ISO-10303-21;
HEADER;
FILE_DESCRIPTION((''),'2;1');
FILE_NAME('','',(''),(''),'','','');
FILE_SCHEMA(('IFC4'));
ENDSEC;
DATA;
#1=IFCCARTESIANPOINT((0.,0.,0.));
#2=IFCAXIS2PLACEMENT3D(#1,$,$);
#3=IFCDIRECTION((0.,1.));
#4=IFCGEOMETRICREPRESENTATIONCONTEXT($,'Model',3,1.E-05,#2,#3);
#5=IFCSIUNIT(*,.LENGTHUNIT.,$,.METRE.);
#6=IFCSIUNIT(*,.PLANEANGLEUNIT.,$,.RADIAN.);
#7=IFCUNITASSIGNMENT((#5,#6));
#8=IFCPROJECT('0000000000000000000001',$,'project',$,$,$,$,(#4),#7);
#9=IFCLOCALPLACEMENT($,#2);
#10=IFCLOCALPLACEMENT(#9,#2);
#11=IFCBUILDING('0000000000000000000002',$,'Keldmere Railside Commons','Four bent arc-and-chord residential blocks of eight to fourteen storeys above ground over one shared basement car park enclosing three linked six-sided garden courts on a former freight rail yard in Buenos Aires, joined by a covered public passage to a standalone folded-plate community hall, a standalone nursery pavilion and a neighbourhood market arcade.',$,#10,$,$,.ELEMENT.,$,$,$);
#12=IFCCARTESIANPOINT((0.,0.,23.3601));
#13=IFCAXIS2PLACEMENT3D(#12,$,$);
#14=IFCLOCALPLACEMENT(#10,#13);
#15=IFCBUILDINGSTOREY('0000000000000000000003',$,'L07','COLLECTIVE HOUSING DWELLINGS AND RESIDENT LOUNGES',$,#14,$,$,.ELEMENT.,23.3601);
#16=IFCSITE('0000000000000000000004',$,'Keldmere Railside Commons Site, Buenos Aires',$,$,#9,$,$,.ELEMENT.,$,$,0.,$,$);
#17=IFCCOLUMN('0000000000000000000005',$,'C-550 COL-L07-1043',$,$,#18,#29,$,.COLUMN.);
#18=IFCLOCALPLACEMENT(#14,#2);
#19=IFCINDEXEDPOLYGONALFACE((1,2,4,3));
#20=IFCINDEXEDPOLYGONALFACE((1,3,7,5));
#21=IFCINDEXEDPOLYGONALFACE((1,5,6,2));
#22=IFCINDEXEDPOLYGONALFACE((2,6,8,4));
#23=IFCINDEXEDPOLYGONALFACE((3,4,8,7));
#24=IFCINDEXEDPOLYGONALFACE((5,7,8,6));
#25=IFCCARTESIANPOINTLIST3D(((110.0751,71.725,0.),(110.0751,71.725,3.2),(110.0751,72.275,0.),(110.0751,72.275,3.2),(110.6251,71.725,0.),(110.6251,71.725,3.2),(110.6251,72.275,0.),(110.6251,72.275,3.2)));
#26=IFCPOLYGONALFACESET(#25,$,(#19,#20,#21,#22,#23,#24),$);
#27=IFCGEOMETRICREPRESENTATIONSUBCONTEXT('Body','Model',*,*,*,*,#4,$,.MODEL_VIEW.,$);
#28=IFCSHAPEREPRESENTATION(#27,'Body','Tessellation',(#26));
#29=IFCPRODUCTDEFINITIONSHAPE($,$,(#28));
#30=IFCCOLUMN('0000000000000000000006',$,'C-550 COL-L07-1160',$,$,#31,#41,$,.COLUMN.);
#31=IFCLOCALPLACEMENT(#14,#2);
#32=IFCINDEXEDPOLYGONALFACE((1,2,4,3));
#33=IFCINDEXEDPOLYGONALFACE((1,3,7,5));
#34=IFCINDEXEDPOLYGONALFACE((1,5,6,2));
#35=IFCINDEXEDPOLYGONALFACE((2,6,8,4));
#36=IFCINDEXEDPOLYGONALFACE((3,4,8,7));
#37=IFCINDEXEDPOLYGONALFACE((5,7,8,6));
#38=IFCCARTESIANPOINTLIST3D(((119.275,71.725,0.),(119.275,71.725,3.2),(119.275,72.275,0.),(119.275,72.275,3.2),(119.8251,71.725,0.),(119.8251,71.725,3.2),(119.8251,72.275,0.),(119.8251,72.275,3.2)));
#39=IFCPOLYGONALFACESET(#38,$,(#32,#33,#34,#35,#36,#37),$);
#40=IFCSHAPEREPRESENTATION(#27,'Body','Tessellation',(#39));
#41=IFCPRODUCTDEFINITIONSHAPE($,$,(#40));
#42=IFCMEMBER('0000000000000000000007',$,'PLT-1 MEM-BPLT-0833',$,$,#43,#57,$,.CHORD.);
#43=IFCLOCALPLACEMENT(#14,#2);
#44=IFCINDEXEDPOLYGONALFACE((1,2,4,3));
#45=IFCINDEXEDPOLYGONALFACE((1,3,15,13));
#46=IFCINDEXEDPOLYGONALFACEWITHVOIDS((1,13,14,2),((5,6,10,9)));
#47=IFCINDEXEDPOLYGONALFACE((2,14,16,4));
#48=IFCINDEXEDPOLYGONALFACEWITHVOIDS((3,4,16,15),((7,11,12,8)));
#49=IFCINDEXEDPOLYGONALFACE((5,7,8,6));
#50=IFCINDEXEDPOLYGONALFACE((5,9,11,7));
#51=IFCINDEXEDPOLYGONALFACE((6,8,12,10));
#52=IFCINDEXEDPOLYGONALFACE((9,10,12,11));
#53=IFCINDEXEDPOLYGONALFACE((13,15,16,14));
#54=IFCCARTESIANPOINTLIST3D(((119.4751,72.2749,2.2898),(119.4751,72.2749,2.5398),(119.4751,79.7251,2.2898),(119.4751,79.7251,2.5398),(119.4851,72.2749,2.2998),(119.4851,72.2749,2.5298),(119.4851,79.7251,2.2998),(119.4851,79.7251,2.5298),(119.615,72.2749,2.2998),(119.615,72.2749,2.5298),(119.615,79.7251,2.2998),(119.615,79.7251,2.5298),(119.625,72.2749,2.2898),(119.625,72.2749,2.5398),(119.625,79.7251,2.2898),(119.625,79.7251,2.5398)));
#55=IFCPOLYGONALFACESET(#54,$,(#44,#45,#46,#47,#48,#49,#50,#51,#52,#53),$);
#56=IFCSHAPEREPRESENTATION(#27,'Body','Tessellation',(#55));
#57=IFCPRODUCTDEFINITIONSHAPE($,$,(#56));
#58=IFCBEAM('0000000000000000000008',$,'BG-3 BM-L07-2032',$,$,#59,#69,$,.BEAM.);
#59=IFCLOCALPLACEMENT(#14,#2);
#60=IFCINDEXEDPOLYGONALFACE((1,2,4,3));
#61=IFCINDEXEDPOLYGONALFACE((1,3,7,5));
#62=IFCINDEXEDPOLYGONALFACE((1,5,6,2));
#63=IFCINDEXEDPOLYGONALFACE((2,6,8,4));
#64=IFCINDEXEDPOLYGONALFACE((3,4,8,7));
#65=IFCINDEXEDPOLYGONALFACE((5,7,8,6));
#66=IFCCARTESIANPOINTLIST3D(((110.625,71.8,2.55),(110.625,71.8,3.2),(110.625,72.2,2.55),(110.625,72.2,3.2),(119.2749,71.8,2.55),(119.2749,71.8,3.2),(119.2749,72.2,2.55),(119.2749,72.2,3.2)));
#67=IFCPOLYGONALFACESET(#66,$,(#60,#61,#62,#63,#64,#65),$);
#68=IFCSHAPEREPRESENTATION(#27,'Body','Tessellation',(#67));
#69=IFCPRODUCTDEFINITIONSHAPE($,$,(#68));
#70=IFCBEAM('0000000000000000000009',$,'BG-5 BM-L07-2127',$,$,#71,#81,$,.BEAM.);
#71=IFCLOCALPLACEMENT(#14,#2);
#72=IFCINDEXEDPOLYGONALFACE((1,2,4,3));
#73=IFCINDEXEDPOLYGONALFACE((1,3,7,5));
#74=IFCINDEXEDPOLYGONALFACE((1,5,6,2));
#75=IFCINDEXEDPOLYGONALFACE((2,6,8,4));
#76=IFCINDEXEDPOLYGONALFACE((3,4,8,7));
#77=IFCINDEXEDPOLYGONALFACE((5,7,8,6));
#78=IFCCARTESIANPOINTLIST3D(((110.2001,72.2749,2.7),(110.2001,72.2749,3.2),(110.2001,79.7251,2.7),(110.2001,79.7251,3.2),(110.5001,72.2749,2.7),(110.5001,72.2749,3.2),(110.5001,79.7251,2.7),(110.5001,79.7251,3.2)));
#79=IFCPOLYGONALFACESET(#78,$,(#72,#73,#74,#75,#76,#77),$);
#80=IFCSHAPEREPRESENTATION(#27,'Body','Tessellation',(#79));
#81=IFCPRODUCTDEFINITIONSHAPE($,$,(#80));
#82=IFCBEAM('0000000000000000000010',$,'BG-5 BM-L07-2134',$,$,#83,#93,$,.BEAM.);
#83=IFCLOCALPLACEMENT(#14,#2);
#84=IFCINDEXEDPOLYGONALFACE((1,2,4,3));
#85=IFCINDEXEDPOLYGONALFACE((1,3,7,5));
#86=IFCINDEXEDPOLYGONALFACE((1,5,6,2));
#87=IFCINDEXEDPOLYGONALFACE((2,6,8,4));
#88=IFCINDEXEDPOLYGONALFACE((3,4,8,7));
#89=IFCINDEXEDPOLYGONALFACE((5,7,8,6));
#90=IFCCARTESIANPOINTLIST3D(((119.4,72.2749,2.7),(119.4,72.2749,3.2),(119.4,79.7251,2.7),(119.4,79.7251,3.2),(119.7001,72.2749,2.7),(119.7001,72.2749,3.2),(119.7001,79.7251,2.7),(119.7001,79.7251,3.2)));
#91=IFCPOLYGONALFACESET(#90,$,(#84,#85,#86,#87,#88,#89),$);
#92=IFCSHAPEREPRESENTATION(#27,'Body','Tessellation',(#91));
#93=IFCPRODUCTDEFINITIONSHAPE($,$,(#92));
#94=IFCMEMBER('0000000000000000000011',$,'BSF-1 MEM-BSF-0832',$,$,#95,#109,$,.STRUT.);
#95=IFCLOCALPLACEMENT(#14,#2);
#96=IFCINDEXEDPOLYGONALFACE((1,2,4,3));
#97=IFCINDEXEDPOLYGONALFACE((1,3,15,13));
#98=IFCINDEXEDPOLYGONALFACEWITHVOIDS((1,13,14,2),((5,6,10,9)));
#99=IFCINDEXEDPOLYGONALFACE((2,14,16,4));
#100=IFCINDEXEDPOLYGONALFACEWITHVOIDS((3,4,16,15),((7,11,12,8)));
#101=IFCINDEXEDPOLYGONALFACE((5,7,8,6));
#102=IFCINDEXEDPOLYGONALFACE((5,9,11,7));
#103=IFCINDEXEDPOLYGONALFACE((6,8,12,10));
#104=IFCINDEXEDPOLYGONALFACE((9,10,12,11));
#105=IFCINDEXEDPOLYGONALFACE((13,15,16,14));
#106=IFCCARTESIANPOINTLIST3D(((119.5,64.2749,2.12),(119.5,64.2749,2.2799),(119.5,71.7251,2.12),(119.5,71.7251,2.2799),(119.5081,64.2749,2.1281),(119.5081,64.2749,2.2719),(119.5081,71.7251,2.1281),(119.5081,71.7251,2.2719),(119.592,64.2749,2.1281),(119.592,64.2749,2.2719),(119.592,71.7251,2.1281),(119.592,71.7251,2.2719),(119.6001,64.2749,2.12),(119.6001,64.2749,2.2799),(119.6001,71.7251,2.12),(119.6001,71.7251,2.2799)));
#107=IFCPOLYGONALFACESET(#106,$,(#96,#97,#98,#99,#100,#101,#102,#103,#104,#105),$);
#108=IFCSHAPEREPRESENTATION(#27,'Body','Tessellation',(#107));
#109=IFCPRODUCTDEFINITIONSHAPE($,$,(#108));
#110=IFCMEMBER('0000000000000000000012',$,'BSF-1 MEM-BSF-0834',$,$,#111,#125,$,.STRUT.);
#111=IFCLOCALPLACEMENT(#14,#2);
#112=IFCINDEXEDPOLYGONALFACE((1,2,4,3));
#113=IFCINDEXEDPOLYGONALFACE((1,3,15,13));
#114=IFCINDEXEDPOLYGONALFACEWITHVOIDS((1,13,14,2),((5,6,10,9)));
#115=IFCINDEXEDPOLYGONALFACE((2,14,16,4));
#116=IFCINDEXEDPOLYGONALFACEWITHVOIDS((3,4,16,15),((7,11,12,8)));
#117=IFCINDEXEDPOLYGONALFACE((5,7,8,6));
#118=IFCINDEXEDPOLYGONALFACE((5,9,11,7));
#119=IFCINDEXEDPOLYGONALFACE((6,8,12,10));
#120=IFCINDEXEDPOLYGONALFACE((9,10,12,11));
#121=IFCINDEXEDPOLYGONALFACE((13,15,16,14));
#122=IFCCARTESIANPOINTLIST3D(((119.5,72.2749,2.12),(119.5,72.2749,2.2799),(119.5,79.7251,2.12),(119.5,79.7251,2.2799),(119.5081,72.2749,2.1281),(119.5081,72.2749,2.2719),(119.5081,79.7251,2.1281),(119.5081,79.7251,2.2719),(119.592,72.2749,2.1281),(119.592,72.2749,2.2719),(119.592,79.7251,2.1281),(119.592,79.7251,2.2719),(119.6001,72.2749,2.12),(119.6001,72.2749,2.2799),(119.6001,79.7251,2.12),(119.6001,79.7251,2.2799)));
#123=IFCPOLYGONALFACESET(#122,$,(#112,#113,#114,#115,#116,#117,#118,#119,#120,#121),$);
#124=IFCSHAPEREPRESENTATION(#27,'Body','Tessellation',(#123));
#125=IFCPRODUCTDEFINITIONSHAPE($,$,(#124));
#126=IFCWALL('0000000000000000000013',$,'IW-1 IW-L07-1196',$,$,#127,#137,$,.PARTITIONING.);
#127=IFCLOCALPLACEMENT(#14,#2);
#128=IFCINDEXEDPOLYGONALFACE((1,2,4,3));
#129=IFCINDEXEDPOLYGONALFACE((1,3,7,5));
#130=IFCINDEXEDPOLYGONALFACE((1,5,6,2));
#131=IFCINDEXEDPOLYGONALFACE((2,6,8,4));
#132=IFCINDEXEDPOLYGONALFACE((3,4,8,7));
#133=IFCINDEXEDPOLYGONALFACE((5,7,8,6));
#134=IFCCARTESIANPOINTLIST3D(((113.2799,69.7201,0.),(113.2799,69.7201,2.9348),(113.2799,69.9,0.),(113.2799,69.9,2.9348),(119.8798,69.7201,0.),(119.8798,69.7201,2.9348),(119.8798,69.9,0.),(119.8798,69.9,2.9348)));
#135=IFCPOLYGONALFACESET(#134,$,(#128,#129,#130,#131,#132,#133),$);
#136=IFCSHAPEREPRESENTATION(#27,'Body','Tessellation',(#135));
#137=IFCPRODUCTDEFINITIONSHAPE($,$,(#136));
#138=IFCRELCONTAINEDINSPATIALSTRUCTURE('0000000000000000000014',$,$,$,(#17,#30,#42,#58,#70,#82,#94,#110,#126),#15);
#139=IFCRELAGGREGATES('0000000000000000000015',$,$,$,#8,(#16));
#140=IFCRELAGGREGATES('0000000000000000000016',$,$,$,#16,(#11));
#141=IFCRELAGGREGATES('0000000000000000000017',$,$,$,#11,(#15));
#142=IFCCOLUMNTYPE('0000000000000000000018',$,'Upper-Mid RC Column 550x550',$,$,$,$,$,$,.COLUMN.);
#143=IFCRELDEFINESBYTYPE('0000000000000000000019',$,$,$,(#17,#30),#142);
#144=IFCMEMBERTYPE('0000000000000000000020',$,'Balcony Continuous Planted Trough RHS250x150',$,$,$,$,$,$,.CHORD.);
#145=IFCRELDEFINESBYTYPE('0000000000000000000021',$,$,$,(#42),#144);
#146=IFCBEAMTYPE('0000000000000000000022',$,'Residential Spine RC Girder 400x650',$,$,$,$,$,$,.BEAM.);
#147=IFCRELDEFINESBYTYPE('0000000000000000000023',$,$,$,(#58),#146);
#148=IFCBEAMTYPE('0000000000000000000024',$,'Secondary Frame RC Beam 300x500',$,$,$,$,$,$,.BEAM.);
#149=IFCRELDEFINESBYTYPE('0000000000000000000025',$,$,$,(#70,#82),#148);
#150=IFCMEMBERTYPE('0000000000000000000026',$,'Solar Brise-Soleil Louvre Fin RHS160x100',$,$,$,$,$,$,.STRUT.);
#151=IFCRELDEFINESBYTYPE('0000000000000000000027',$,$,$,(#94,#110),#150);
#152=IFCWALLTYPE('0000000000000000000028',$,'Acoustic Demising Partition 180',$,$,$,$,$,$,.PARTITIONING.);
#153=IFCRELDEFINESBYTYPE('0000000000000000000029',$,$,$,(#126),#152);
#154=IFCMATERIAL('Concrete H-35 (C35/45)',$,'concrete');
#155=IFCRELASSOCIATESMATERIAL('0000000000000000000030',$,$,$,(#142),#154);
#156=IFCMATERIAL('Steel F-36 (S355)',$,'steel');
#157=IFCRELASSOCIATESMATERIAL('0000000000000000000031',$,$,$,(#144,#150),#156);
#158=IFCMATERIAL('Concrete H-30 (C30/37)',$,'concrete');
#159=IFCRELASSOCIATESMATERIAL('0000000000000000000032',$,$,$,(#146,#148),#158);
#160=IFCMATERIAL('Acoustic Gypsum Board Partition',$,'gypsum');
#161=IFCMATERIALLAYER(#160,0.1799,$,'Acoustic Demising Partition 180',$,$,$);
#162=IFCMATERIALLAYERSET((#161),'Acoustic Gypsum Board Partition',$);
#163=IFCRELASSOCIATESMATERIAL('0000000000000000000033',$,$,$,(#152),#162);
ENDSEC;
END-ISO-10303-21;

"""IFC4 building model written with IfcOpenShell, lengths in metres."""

from ifc_helpers import new_model, si_unit, direction, frame, frame_2d, origin, origin_2d, place, context, subcontext, project, spatial, rectangle, hollow_rectangle, extrude, material, layer, layer_set, material_profile, profile_set, type_object, element, save


model = new_model("IFC4")

# Units and contexts
model_context = context("Model", 3, precision=1e-05, world=origin(), true_north=direction((0.0, 1.0)))
body_context = subcontext(model_context, "Body", "Model", "MODEL_VIEW")
ifc_project = project(units=[si_unit("LENGTHUNIT", "METRE"), si_unit("PLANEANGLEUNIT", "RADIAN")], contexts=[model_context])

# Site, building, storey
site_placement = place(None, origin())
site = spatial("IfcSite", under=ifc_project, at=site_placement, Name="Keldmere Railside Commons Site, Buenos Aires", CompositionType="ELEMENT", RefElevation=0.0)
building_placement = place(site_placement, origin())
building = spatial("IfcBuilding", under=site, at=building_placement, Name="Keldmere Railside Commons", Description="Four bent arc-and-chord residential blocks of eight to fourteen storeys above ground over one shared basement car park enclosing three linked six-sided garden courts on a former freight rail yard in Buenos Aires, joined by a covered public passage to a standalone folded-plate community hall, a standalone nursery pavilion and a neighbourhood market arcade.", CompositionType="ELEMENT")
storey_placement = place(building_placement, frame((0.0, 0.0, 23.3601)))
storey = spatial("IfcBuildingStorey", under=building, at=storey_placement, Name="L07", Description="COLLECTIVE HOUSING DWELLINGS AND RESIDENT LOUNGES", CompositionType="ELEMENT", Elevation=23.3601)

# Columns
ifc_material_1 = material(Name="Concrete H-35 (C35/45)", Category="concrete")
ifc_material_profile_1 = material_profile(ifc_material_1, rectangle(XDim=0.55, YDim=0.55, at=origin_2d()), Name="RC-550x550")
ifc_profile_set_1 = profile_set([ifc_material_profile_1], Name="Concrete H-35 (C35/45)")
column_type = type_object("IfcColumnType", Name="Upper-Mid RC Column 550x550", PredefinedType="COLUMN", material=ifc_profile_set_1)
for number, where, z_axis, x_axis, name in (
    (1, (110.3501, 72.0, 0.0), (0.0, 0.0, 1.0), (1.0, 0.0, 0.0), "C-550 COL-L07-1043"),
    (2, (119.55, 72.0, 0.0), (0.0, 0.0, 1.0), (1.0, 0.0, 0.0), "C-550 COL-L07-1160"),
):
    element("IfcColumn", number, at=place(storey_placement, frame(where, z_axis=z_axis, x_axis=x_axis)), inside=storey, type_object=column_type, Name=name, PredefinedType="COLUMN", context=body_context, shape_type="SweptSolid", body=[
        extrude(rectangle(XDim=0.55, YDim=0.55, at=origin_2d()), origin(), (0.0, 0.0, 1.0), 3.2),
    ])

# Member
ifc_material_2 = material(Name="Steel F-36 (S355)", Category="steel")
ifc_material_profile_2 = material_profile(ifc_material_2, hollow_rectangle(XDim=0.1499, YDim=0.25, WallThickness=0.01, at=origin_2d()), Name="RHS-250x150x10")
ifc_profile_set_2 = profile_set([ifc_material_profile_2], Name="Steel F-36 (S355)")
member_type_1 = type_object("IfcMemberType", Name="Balcony Continuous Planted Trough RHS250x150", PredefinedType="CHORD", material=ifc_profile_set_2)
member_placement = place(storey_placement, frame((119.55, 72.2749, 2.4148), z_axis=(0.0, 1.0, 0.0), x_axis=(-1.0, 0.0, 0.0)))
element("IfcMember", 3, at=member_placement, inside=storey, type_object=member_type_1, Name="PLT-1 MEM-BPLT-0833", PredefinedType="CHORD", context=body_context, shape_type="SweptSolid", body=[
    extrude(hollow_rectangle(XDim=0.1499, YDim=0.25, WallThickness=0.01, at=origin_2d()), origin(), (0.0, 0.0, 1.0), 7.4502),
])

# Beams
ifc_material_3 = material(Name="Concrete H-30 (C30/37)", Category="concrete")
ifc_material_profile_3 = material_profile(ifc_material_3, rectangle(XDim=0.3999, YDim=0.6499, at=origin_2d()), Name="RC-400x650")
ifc_profile_set_3 = profile_set([ifc_material_profile_3], Name="Concrete H-30 (C30/37)")
beam_type_1 = type_object("IfcBeamType", Name="Residential Spine RC Girder 400x650", PredefinedType="BEAM", material=ifc_profile_set_3)
beam_placement = place(storey_placement, frame((110.625, 72.0, 2.875), z_axis=(1.0, 0.0, 0.0), x_axis=(0.0, 1.0, 0.0)))
element("IfcBeam", 4, at=beam_placement, inside=storey, type_object=beam_type_1, Name="BG-3 BM-L07-2032", PredefinedType="BEAM", context=body_context, shape_type="SweptSolid", body=[
    extrude(rectangle(XDim=0.3999, YDim=0.6499, at=origin_2d()), origin(), (0.0, 0.0, 1.0), 8.6499),
])
ifc_material_profile_4 = material_profile(ifc_material_3, rectangle(XDim=0.3, YDim=0.5, at=origin_2d()), Name="RC-300x500")
ifc_profile_set_4 = profile_set([ifc_material_profile_4], Name="Concrete H-30 (C30/37)")
beam_type_2 = type_object("IfcBeamType", Name="Secondary Frame RC Beam 300x500", PredefinedType="BEAM", material=ifc_profile_set_4)
for number, where, z_axis, x_axis, name in (
    (5, (110.3501, 72.2749, 2.95), (0.0, 1.0, 0.0), (-1.0, 0.0, 0.0), "BG-5 BM-L07-2127"),
    (6, (119.55, 72.2749, 2.95), (0.0, 1.0, 0.0), (-1.0, 0.0, 0.0), "BG-5 BM-L07-2134"),
):
    element("IfcBeam", number, at=place(storey_placement, frame(where, z_axis=z_axis, x_axis=x_axis)), inside=storey, type_object=beam_type_2, Name=name, PredefinedType="BEAM", context=body_context, shape_type="SweptSolid", body=[
        extrude(rectangle(XDim=0.3, YDim=0.5, at=origin_2d()), origin(), (0.0, 0.0, 1.0), 7.4502),
    ])

# Members
ifc_material_profile_5 = material_profile(ifc_material_2, hollow_rectangle(XDim=0.1001, YDim=0.1599, WallThickness=0.0081, at=origin_2d()), Name="RHS-160x100x8")
ifc_profile_set_5 = profile_set([ifc_material_profile_5], Name="Steel F-36 (S355)")
member_type_2 = type_object("IfcMemberType", Name="Solar Brise-Soleil Louvre Fin RHS160x100", PredefinedType="STRUT", material=ifc_profile_set_5)
for number, where, z_axis, x_axis, name in (
    (7, (119.55, 64.2749, 2.2), (0.0, 1.0, 0.0), (-1.0, 0.0, 0.0), "BSF-1 MEM-BSF-0832"),
    (8, (119.55, 72.2749, 2.2), (0.0, 1.0, 0.0), (-1.0, 0.0, 0.0), "BSF-1 MEM-BSF-0834"),
):
    element("IfcMember", number, at=place(storey_placement, frame(where, z_axis=z_axis, x_axis=x_axis)), inside=storey, type_object=member_type_2, Name=name, PredefinedType="STRUT", context=body_context, shape_type="SweptSolid", body=[
        extrude(hollow_rectangle(XDim=0.1001, YDim=0.1599, WallThickness=0.0081, at=origin_2d()), origin(), (0.0, 0.0, 1.0), 7.4502),
    ])

# Wall
ifc_material_4 = material(Name="Acoustic Gypsum Board Partition", Category="gypsum")
ifc_layer_1 = layer(ifc_material_4, 0.1799, Name="Acoustic Demising Partition 180")
ifc_layer_set_1 = layer_set([ifc_layer_1], Name="Acoustic Gypsum Board Partition")
wall_type_1 = type_object("IfcWallType", Name="Acoustic Demising Partition 180", PredefinedType="PARTITIONING", material=ifc_layer_set_1)
wall_1_placement = place(storey_placement, frame((113.28, 69.8101, 0.0), z_axis=(0.0, 0.0, 1.0), x_axis=(1.0, 0.0, 0.0)))
element("IfcWall", 9, at=wall_1_placement, inside=storey, type_object=wall_type_1, Name="IW-1 IW-L07-1196", PredefinedType="PARTITIONING", context=body_context, shape_type="SweptSolid", body=[
    extrude(rectangle(XDim=6.5999, YDim=0.1799, at=frame_2d((3.2998, 0.0))), origin(), (0.0, 0.0, 1.0), 2.9348),
])

save(model, "model.ifc")
